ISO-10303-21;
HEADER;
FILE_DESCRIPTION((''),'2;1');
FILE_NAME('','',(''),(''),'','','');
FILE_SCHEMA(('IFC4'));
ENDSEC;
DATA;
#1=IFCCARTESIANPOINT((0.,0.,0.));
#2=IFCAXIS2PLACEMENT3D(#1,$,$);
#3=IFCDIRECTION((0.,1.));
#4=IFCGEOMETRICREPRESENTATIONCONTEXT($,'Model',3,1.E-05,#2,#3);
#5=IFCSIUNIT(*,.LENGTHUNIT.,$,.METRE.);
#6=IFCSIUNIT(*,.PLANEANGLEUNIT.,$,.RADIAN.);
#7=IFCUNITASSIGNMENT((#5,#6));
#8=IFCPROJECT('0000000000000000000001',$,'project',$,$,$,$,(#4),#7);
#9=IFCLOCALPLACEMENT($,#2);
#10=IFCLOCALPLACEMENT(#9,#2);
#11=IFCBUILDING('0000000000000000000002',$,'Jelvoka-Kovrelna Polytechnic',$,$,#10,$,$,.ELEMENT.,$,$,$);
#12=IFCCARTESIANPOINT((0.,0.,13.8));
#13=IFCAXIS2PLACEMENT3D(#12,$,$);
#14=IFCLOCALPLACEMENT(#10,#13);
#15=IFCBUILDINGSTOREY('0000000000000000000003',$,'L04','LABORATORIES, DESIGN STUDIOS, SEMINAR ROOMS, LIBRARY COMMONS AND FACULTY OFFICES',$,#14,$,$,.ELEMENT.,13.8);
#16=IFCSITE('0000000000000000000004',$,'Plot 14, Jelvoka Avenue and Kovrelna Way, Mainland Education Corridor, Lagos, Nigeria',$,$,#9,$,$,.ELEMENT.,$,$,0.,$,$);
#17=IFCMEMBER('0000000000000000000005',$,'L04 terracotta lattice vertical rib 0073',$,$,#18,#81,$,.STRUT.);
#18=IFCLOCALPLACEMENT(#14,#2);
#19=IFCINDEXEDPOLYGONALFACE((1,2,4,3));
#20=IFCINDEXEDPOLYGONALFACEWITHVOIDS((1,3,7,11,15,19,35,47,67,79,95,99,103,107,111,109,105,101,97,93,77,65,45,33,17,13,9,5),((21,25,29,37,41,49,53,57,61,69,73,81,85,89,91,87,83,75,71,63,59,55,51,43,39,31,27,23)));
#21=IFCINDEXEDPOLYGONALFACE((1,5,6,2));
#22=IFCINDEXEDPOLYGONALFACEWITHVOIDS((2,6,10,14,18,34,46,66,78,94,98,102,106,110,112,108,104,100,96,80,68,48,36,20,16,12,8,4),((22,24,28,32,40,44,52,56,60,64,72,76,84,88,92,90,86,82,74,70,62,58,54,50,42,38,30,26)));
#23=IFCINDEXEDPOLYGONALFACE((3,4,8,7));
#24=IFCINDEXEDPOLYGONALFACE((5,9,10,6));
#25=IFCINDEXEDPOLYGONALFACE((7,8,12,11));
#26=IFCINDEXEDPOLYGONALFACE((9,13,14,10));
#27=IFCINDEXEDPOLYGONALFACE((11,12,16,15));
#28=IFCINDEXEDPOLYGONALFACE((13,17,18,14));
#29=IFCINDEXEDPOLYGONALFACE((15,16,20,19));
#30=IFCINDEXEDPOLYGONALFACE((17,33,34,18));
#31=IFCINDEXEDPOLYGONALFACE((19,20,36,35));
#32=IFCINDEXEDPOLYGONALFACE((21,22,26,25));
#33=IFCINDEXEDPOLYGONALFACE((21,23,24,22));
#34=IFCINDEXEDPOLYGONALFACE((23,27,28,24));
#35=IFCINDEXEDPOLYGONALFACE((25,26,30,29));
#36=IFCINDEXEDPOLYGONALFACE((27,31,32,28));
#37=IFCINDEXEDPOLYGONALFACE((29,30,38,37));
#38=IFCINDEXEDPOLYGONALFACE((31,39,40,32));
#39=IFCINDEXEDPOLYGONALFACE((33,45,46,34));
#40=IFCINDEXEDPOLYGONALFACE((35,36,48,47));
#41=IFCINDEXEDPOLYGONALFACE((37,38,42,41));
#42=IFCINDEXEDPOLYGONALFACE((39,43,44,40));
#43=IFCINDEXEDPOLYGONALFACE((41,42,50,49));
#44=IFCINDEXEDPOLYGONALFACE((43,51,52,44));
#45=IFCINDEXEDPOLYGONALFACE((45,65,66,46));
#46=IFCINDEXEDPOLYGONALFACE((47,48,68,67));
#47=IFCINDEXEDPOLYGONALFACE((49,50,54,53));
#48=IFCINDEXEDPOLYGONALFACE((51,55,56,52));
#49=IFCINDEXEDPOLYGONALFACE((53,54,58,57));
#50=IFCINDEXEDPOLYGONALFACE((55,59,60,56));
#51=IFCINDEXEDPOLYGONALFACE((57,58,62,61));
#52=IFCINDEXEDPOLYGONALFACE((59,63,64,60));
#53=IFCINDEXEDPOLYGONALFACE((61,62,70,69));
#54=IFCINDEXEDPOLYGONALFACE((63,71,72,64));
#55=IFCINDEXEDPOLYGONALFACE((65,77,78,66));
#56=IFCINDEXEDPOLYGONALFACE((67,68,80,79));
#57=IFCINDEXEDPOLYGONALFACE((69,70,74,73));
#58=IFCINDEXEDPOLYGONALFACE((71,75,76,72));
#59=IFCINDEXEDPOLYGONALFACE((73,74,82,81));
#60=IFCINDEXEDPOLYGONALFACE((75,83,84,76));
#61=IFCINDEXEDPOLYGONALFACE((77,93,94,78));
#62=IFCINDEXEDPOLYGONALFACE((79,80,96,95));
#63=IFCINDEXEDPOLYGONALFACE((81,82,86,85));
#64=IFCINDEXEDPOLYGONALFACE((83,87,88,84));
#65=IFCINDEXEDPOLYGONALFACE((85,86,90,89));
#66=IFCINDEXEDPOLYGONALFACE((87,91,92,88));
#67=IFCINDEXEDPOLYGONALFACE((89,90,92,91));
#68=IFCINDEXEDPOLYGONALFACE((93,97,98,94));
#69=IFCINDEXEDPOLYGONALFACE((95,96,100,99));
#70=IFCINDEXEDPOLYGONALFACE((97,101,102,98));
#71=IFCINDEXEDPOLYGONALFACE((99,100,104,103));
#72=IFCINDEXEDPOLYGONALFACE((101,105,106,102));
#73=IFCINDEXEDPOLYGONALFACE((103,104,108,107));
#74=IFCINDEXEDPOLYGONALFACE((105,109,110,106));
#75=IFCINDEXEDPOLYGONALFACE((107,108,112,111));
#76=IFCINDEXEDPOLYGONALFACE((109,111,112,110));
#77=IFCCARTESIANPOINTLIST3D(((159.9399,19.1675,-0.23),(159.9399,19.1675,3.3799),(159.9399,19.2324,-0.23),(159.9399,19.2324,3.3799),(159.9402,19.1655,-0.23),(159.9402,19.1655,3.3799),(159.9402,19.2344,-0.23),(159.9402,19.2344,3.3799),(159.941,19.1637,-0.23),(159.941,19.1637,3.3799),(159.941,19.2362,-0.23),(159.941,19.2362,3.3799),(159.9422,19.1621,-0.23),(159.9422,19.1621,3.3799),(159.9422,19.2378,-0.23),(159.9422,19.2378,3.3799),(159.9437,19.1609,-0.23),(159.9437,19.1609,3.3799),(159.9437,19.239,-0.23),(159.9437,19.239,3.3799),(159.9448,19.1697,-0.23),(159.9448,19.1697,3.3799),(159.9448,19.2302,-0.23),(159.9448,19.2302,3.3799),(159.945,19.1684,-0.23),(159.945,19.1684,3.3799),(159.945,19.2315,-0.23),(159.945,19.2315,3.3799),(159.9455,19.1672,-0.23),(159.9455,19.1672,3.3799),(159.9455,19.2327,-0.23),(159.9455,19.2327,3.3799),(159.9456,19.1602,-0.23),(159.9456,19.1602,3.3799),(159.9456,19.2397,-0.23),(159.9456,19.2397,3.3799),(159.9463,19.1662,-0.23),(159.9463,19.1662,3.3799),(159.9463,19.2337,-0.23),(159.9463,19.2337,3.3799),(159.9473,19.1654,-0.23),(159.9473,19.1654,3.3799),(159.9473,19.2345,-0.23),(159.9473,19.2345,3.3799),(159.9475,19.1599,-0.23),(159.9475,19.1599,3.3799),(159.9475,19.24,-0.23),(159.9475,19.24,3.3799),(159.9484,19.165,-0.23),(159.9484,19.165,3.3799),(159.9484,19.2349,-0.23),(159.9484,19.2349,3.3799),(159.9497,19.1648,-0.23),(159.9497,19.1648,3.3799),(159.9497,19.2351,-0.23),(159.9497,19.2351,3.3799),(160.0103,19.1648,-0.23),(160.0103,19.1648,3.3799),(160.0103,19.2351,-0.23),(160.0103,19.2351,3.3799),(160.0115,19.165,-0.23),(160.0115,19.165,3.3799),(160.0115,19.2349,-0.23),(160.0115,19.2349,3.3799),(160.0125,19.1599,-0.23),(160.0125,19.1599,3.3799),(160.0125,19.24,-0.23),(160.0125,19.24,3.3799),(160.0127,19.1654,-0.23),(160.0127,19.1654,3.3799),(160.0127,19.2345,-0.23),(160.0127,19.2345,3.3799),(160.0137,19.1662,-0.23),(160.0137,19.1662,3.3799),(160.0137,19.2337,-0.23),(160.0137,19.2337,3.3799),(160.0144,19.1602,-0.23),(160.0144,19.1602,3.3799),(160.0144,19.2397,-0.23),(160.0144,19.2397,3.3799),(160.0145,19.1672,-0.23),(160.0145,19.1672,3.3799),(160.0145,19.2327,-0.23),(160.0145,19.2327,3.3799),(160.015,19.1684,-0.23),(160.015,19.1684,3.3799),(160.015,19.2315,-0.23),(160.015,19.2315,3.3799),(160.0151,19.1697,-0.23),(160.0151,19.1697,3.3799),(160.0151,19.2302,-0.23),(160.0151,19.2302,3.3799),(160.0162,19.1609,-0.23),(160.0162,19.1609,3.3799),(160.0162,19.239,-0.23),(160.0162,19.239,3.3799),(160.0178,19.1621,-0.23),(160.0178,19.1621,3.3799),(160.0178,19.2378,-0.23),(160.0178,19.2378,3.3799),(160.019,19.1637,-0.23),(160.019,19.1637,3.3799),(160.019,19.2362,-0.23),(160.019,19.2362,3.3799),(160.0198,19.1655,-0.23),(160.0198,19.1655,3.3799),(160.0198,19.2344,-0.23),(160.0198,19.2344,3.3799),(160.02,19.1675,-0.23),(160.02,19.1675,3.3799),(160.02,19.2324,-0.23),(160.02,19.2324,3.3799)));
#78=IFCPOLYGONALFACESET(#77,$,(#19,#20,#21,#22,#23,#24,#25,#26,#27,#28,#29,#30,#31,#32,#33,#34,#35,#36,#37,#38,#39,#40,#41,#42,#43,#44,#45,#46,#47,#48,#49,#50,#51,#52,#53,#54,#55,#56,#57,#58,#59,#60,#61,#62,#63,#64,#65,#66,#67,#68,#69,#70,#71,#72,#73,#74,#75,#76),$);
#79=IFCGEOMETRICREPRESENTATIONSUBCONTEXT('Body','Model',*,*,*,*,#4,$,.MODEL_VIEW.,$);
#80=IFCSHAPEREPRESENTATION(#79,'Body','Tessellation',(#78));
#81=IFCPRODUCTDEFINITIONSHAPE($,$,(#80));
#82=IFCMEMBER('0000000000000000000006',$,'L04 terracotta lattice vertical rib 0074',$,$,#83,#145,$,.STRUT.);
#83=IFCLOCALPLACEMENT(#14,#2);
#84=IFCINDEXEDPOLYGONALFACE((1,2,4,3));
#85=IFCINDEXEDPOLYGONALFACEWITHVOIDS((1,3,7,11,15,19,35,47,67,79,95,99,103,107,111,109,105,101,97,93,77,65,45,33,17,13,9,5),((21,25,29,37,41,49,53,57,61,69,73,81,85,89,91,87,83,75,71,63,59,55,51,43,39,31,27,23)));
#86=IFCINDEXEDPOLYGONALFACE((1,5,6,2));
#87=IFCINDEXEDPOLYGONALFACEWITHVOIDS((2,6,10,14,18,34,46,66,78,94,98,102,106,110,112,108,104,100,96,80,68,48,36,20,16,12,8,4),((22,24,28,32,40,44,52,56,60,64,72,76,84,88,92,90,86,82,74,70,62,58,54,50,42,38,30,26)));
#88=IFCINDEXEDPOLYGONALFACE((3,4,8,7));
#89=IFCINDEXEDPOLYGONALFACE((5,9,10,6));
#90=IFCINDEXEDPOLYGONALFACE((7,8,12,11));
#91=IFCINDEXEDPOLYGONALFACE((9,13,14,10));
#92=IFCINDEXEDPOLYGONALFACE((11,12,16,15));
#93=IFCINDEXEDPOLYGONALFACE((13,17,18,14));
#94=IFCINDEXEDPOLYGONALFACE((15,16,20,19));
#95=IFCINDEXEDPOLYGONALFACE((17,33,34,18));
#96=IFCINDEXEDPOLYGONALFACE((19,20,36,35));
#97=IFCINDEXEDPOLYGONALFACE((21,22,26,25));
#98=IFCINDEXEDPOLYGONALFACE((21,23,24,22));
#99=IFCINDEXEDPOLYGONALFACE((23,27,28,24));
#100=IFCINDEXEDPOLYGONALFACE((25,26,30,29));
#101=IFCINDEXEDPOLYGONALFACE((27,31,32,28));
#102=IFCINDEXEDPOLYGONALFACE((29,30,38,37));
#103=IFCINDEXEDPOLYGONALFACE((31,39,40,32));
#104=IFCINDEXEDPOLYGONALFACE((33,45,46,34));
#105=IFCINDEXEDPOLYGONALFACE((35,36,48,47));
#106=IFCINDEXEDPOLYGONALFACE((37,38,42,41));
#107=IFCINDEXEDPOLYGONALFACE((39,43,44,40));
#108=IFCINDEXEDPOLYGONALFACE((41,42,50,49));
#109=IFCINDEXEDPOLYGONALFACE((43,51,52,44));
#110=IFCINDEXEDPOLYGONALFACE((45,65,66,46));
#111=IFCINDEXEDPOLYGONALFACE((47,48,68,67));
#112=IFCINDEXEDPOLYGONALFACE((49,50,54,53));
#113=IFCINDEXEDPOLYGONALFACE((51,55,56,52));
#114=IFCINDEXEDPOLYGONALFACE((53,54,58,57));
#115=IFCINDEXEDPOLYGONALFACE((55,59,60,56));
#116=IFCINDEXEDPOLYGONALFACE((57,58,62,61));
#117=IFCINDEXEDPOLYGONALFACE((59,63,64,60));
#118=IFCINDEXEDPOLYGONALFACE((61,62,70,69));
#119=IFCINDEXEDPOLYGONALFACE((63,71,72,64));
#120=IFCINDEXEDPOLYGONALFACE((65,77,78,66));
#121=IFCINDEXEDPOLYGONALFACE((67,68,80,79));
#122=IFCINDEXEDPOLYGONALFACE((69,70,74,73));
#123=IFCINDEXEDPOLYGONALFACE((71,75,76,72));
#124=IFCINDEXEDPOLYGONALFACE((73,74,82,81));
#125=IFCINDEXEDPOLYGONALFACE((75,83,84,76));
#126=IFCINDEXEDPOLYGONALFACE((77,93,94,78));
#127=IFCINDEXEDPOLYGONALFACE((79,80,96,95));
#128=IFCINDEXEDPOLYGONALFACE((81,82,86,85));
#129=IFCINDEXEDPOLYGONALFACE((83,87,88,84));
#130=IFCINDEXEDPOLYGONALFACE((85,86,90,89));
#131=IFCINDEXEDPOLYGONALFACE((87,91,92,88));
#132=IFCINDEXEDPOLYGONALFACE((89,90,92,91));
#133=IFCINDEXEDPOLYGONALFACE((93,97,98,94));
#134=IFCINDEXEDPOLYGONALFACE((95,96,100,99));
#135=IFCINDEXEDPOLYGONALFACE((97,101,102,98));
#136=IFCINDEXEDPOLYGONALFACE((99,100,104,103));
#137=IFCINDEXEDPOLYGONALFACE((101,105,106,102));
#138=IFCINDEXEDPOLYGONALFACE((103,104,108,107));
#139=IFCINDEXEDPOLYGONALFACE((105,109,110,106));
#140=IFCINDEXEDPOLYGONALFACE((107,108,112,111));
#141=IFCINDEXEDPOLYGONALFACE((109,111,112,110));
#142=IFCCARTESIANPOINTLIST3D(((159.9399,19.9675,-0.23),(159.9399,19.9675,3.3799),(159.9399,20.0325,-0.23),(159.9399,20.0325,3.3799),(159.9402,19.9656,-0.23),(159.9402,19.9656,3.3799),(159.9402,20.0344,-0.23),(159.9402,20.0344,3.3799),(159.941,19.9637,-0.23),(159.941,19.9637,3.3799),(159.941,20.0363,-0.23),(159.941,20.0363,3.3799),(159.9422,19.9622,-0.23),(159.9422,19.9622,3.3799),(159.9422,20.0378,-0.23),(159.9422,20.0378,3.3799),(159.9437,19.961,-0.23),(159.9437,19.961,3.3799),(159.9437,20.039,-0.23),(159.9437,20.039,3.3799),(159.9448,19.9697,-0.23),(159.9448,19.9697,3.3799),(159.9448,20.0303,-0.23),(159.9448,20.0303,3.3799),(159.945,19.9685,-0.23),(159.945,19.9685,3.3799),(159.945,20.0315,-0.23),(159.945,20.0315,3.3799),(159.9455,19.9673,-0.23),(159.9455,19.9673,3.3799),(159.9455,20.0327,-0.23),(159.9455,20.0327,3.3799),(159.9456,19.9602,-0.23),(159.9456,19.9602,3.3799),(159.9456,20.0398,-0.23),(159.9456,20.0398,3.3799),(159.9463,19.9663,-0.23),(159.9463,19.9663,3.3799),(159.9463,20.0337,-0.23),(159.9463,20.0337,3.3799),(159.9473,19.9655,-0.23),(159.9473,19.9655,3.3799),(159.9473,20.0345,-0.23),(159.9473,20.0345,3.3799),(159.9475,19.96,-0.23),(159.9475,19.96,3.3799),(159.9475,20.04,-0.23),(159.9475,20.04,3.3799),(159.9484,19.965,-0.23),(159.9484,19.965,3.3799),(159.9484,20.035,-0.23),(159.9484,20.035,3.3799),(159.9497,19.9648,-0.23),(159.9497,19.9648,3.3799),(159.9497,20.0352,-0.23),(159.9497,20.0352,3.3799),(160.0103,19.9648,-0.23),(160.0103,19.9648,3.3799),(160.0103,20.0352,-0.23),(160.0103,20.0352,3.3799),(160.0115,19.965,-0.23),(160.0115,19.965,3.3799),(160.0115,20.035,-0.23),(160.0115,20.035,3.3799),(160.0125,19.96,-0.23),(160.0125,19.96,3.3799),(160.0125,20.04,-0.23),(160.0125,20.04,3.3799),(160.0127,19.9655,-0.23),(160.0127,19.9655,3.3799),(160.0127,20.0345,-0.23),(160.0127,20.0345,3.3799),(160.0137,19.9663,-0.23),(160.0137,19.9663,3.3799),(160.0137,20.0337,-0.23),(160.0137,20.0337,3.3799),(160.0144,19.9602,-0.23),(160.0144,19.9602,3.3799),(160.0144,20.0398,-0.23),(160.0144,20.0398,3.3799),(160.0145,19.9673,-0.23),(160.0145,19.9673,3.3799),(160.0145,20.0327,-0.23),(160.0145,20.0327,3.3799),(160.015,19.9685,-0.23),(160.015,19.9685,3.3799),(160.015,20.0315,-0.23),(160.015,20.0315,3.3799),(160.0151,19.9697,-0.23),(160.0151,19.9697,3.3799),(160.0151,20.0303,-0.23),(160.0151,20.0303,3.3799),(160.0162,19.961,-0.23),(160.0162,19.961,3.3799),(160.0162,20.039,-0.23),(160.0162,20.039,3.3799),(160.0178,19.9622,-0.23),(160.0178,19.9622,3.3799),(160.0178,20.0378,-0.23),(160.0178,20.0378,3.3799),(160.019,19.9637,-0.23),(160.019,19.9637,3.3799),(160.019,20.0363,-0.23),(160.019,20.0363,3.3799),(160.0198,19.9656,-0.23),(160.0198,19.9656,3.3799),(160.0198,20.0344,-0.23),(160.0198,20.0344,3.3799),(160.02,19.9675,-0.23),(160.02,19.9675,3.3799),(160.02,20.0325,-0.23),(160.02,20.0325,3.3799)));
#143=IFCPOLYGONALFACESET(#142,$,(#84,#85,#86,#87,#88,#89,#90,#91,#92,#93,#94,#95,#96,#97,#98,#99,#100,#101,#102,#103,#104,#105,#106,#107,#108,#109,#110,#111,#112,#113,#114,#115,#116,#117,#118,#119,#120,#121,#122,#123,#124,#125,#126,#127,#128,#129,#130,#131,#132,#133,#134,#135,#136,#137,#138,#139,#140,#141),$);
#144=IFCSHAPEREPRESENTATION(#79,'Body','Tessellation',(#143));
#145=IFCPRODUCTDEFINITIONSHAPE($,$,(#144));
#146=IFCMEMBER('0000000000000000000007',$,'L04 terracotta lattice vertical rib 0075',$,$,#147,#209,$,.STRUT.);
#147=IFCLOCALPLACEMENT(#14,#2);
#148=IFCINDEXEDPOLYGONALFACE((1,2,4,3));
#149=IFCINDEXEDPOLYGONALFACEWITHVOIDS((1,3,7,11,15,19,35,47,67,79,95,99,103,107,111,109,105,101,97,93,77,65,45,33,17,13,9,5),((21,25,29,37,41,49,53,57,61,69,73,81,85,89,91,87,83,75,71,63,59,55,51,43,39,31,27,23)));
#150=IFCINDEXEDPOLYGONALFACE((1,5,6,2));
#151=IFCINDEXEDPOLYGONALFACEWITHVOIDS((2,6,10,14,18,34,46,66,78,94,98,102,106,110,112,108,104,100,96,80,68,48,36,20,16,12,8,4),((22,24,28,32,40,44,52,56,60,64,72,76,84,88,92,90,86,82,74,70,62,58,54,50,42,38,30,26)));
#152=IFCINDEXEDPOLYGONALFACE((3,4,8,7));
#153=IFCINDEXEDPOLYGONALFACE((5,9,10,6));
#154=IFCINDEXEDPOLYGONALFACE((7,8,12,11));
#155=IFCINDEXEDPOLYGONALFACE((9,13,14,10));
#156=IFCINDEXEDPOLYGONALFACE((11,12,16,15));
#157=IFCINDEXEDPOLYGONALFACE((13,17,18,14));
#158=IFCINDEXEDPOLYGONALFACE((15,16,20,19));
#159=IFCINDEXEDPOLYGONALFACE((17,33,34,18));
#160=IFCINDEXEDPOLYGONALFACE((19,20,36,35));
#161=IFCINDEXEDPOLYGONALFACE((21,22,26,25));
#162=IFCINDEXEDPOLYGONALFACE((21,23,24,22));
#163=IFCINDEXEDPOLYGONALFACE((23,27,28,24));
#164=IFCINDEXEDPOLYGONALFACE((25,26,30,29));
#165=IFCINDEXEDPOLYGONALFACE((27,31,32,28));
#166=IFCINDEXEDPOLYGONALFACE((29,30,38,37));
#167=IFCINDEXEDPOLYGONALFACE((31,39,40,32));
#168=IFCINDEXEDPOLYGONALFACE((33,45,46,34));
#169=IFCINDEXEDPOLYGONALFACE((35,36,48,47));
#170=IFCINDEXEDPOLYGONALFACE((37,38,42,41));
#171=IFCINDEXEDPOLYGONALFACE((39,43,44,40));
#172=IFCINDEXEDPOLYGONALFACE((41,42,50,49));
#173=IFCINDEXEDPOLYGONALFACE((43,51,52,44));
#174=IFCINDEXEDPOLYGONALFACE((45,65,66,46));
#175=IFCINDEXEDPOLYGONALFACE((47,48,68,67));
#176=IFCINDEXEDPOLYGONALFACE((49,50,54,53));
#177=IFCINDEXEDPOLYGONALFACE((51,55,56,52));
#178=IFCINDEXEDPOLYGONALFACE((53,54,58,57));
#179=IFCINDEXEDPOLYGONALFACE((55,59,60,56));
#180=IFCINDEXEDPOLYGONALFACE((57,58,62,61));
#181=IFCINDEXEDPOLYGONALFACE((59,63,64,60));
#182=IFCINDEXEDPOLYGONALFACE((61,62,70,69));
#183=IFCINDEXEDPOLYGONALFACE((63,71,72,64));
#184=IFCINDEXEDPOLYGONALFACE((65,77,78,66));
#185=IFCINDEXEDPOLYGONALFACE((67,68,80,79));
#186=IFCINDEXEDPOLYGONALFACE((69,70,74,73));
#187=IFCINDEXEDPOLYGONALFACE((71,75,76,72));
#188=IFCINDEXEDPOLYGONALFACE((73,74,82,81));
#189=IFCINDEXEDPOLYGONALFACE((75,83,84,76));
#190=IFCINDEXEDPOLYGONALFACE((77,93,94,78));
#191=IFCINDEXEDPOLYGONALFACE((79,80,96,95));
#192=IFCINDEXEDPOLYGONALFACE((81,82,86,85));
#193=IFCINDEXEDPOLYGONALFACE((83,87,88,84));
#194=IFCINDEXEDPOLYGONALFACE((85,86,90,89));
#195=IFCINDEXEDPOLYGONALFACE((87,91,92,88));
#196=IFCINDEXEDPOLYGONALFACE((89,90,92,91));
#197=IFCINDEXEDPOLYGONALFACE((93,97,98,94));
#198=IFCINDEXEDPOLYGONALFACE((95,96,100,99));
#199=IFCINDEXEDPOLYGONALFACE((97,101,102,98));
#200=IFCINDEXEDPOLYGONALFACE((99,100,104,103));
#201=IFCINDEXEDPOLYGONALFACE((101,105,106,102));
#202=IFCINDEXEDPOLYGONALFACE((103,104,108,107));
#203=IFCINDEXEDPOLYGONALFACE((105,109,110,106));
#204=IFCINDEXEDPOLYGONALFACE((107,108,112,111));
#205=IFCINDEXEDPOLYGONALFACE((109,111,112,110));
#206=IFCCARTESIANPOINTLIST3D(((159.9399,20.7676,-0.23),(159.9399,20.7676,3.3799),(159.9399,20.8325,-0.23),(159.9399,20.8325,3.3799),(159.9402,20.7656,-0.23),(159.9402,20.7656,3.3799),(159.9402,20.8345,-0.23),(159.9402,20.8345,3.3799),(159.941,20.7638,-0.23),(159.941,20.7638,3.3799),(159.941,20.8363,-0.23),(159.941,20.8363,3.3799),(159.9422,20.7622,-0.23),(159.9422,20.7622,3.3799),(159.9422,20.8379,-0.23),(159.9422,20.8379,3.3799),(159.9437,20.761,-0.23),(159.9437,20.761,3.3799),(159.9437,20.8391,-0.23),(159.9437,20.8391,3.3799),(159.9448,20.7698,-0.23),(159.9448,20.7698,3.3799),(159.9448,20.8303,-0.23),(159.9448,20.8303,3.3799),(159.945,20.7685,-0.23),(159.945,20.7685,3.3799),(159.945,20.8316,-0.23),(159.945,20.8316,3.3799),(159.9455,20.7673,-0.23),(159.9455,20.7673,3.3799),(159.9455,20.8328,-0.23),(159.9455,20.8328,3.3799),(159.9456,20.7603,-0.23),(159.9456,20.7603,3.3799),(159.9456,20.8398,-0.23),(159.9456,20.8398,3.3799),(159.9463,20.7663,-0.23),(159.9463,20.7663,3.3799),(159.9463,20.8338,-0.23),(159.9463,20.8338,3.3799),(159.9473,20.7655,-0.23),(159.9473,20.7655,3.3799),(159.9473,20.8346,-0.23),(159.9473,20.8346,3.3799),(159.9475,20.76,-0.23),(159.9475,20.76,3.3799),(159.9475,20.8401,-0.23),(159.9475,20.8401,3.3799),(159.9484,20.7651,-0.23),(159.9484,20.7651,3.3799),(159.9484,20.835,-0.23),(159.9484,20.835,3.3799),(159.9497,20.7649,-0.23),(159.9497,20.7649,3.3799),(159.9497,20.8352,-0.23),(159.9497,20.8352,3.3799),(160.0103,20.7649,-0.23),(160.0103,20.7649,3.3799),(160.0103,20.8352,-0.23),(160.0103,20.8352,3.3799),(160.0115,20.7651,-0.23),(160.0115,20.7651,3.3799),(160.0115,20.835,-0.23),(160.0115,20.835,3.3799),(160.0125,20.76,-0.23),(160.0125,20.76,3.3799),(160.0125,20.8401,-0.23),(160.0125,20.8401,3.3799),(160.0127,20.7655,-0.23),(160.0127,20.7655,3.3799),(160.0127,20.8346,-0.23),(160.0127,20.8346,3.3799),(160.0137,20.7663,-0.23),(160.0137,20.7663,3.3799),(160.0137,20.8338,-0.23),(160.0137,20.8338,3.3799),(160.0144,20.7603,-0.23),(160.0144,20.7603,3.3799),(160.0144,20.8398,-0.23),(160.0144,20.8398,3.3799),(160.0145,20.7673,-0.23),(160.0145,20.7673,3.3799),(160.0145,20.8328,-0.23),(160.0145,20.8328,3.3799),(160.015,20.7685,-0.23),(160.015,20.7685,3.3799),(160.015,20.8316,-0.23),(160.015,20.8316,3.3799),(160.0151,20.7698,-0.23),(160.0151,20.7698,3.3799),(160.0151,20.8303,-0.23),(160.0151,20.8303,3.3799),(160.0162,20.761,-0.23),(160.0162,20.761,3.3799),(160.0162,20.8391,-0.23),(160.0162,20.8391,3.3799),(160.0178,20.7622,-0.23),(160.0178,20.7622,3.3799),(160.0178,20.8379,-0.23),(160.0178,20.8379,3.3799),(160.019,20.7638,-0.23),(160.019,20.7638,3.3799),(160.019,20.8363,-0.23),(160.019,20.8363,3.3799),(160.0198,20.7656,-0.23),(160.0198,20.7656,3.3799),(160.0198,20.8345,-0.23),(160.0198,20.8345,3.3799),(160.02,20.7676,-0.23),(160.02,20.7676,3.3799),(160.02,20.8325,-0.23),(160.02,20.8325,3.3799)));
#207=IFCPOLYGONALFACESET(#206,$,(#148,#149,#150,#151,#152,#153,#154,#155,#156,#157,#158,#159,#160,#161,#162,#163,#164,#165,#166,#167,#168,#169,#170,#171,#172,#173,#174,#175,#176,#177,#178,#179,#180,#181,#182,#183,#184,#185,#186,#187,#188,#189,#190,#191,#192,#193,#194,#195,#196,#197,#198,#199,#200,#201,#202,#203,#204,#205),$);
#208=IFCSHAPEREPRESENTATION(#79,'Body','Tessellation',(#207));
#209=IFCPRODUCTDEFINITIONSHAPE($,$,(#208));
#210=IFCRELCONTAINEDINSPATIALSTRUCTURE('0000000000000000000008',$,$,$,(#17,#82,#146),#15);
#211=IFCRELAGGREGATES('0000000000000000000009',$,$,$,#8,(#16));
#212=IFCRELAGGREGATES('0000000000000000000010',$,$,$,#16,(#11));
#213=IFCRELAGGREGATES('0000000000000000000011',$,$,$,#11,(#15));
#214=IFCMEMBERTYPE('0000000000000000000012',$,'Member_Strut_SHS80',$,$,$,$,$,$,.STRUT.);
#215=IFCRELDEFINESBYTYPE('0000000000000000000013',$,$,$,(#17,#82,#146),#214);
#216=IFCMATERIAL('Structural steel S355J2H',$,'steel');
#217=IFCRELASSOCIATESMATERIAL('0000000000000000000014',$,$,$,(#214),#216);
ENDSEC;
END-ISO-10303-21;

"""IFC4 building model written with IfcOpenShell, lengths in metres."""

from ifc_helpers import new_model, si_unit, direction, frame, origin, origin_2d, place, context, subcontext, project, spatial, hollow_rectangle, extrude, material, material_profile, profile_set, type_object, element, save


model = new_model("IFC4")

# Units and contexts
model_context = context("Model", 3, precision=1e-05, world=origin(), true_north=direction((0.0, 1.0)))
body_context = subcontext(model_context, "Body", "Model", "MODEL_VIEW")
ifc_project = project(units=[si_unit("LENGTHUNIT", "METRE"), si_unit("PLANEANGLEUNIT", "RADIAN")], contexts=[model_context])

# Site, building, storey
site_placement = place(None, origin())
site = spatial("IfcSite", under=ifc_project, at=site_placement, Name="Plot 14, Jelvoka Avenue and Kovrelna Way, Mainland Education Corridor, Lagos, Nigeria", CompositionType="ELEMENT", RefElevation=0.0)
building_placement = place(site_placement, origin())
building = spatial("IfcBuilding", under=site, at=building_placement, Name="Jelvoka-Kovrelna Polytechnic", CompositionType="ELEMENT")
storey_placement = place(building_placement, frame((0.0, 0.0, 13.8)))
storey = spatial("IfcBuildingStorey", under=building, at=storey_placement, Name="L04", Description="LABORATORIES, DESIGN STUDIOS, SEMINAR ROOMS, LIBRARY COMMONS AND FACULTY OFFICES", CompositionType="ELEMENT", Elevation=13.8)

# Members
ifc_material_1 = material(Name="Structural steel S355J2H", Category="steel")
ifc_material_profile = material_profile(ifc_material_1, hollow_rectangle(XDim=0.0801, YDim=0.0801, WallThickness=0.0049, InnerFilletRadius=0.0049, OuterFilletRadius=0.0076, at=origin_2d()), Name="80x80x5.0 SHS")
ifc_profile_set = profile_set([ifc_material_profile], Name="Structural steel S355J2H")
member_type = type_object("IfcMemberType", Name="Member_Strut_SHS80", PredefinedType="STRUT", material=ifc_profile_set)
for number, where, z_axis, x_axis, name in (
    (1, (159.98, 19.2, -0.23), (0.0, 0.0, 1.0), (1.0, 0.0, 0.0), "L04 terracotta lattice vertical rib 0073"),
    (2, (159.98, 20.0, -0.23), (0.0, 0.0, 1.0), (1.0, 0.0, 0.0), "L04 terracotta lattice vertical rib 0074"),
    (3, (159.98, 20.8, -0.23), (0.0, 0.0, 1.0), (1.0, 0.0, 0.0), "L04 terracotta lattice vertical rib 0075"),
):
    element("IfcMember", number, at=place(storey_placement, frame(where, z_axis=z_axis, x_axis=x_axis)), inside=storey, type_object=member_type, Name=name, PredefinedType="STRUT", context=body_context, shape_type="SweptSolid", body=[
        extrude(hollow_rectangle(XDim=0.0801, YDim=0.0801, WallThickness=0.0049, InnerFilletRadius=0.0049, OuterFilletRadius=0.0076, at=origin_2d()), origin(), (0.0, 0.0, 1.0), 3.6099),
    ])

save(model, "model.ifc")
